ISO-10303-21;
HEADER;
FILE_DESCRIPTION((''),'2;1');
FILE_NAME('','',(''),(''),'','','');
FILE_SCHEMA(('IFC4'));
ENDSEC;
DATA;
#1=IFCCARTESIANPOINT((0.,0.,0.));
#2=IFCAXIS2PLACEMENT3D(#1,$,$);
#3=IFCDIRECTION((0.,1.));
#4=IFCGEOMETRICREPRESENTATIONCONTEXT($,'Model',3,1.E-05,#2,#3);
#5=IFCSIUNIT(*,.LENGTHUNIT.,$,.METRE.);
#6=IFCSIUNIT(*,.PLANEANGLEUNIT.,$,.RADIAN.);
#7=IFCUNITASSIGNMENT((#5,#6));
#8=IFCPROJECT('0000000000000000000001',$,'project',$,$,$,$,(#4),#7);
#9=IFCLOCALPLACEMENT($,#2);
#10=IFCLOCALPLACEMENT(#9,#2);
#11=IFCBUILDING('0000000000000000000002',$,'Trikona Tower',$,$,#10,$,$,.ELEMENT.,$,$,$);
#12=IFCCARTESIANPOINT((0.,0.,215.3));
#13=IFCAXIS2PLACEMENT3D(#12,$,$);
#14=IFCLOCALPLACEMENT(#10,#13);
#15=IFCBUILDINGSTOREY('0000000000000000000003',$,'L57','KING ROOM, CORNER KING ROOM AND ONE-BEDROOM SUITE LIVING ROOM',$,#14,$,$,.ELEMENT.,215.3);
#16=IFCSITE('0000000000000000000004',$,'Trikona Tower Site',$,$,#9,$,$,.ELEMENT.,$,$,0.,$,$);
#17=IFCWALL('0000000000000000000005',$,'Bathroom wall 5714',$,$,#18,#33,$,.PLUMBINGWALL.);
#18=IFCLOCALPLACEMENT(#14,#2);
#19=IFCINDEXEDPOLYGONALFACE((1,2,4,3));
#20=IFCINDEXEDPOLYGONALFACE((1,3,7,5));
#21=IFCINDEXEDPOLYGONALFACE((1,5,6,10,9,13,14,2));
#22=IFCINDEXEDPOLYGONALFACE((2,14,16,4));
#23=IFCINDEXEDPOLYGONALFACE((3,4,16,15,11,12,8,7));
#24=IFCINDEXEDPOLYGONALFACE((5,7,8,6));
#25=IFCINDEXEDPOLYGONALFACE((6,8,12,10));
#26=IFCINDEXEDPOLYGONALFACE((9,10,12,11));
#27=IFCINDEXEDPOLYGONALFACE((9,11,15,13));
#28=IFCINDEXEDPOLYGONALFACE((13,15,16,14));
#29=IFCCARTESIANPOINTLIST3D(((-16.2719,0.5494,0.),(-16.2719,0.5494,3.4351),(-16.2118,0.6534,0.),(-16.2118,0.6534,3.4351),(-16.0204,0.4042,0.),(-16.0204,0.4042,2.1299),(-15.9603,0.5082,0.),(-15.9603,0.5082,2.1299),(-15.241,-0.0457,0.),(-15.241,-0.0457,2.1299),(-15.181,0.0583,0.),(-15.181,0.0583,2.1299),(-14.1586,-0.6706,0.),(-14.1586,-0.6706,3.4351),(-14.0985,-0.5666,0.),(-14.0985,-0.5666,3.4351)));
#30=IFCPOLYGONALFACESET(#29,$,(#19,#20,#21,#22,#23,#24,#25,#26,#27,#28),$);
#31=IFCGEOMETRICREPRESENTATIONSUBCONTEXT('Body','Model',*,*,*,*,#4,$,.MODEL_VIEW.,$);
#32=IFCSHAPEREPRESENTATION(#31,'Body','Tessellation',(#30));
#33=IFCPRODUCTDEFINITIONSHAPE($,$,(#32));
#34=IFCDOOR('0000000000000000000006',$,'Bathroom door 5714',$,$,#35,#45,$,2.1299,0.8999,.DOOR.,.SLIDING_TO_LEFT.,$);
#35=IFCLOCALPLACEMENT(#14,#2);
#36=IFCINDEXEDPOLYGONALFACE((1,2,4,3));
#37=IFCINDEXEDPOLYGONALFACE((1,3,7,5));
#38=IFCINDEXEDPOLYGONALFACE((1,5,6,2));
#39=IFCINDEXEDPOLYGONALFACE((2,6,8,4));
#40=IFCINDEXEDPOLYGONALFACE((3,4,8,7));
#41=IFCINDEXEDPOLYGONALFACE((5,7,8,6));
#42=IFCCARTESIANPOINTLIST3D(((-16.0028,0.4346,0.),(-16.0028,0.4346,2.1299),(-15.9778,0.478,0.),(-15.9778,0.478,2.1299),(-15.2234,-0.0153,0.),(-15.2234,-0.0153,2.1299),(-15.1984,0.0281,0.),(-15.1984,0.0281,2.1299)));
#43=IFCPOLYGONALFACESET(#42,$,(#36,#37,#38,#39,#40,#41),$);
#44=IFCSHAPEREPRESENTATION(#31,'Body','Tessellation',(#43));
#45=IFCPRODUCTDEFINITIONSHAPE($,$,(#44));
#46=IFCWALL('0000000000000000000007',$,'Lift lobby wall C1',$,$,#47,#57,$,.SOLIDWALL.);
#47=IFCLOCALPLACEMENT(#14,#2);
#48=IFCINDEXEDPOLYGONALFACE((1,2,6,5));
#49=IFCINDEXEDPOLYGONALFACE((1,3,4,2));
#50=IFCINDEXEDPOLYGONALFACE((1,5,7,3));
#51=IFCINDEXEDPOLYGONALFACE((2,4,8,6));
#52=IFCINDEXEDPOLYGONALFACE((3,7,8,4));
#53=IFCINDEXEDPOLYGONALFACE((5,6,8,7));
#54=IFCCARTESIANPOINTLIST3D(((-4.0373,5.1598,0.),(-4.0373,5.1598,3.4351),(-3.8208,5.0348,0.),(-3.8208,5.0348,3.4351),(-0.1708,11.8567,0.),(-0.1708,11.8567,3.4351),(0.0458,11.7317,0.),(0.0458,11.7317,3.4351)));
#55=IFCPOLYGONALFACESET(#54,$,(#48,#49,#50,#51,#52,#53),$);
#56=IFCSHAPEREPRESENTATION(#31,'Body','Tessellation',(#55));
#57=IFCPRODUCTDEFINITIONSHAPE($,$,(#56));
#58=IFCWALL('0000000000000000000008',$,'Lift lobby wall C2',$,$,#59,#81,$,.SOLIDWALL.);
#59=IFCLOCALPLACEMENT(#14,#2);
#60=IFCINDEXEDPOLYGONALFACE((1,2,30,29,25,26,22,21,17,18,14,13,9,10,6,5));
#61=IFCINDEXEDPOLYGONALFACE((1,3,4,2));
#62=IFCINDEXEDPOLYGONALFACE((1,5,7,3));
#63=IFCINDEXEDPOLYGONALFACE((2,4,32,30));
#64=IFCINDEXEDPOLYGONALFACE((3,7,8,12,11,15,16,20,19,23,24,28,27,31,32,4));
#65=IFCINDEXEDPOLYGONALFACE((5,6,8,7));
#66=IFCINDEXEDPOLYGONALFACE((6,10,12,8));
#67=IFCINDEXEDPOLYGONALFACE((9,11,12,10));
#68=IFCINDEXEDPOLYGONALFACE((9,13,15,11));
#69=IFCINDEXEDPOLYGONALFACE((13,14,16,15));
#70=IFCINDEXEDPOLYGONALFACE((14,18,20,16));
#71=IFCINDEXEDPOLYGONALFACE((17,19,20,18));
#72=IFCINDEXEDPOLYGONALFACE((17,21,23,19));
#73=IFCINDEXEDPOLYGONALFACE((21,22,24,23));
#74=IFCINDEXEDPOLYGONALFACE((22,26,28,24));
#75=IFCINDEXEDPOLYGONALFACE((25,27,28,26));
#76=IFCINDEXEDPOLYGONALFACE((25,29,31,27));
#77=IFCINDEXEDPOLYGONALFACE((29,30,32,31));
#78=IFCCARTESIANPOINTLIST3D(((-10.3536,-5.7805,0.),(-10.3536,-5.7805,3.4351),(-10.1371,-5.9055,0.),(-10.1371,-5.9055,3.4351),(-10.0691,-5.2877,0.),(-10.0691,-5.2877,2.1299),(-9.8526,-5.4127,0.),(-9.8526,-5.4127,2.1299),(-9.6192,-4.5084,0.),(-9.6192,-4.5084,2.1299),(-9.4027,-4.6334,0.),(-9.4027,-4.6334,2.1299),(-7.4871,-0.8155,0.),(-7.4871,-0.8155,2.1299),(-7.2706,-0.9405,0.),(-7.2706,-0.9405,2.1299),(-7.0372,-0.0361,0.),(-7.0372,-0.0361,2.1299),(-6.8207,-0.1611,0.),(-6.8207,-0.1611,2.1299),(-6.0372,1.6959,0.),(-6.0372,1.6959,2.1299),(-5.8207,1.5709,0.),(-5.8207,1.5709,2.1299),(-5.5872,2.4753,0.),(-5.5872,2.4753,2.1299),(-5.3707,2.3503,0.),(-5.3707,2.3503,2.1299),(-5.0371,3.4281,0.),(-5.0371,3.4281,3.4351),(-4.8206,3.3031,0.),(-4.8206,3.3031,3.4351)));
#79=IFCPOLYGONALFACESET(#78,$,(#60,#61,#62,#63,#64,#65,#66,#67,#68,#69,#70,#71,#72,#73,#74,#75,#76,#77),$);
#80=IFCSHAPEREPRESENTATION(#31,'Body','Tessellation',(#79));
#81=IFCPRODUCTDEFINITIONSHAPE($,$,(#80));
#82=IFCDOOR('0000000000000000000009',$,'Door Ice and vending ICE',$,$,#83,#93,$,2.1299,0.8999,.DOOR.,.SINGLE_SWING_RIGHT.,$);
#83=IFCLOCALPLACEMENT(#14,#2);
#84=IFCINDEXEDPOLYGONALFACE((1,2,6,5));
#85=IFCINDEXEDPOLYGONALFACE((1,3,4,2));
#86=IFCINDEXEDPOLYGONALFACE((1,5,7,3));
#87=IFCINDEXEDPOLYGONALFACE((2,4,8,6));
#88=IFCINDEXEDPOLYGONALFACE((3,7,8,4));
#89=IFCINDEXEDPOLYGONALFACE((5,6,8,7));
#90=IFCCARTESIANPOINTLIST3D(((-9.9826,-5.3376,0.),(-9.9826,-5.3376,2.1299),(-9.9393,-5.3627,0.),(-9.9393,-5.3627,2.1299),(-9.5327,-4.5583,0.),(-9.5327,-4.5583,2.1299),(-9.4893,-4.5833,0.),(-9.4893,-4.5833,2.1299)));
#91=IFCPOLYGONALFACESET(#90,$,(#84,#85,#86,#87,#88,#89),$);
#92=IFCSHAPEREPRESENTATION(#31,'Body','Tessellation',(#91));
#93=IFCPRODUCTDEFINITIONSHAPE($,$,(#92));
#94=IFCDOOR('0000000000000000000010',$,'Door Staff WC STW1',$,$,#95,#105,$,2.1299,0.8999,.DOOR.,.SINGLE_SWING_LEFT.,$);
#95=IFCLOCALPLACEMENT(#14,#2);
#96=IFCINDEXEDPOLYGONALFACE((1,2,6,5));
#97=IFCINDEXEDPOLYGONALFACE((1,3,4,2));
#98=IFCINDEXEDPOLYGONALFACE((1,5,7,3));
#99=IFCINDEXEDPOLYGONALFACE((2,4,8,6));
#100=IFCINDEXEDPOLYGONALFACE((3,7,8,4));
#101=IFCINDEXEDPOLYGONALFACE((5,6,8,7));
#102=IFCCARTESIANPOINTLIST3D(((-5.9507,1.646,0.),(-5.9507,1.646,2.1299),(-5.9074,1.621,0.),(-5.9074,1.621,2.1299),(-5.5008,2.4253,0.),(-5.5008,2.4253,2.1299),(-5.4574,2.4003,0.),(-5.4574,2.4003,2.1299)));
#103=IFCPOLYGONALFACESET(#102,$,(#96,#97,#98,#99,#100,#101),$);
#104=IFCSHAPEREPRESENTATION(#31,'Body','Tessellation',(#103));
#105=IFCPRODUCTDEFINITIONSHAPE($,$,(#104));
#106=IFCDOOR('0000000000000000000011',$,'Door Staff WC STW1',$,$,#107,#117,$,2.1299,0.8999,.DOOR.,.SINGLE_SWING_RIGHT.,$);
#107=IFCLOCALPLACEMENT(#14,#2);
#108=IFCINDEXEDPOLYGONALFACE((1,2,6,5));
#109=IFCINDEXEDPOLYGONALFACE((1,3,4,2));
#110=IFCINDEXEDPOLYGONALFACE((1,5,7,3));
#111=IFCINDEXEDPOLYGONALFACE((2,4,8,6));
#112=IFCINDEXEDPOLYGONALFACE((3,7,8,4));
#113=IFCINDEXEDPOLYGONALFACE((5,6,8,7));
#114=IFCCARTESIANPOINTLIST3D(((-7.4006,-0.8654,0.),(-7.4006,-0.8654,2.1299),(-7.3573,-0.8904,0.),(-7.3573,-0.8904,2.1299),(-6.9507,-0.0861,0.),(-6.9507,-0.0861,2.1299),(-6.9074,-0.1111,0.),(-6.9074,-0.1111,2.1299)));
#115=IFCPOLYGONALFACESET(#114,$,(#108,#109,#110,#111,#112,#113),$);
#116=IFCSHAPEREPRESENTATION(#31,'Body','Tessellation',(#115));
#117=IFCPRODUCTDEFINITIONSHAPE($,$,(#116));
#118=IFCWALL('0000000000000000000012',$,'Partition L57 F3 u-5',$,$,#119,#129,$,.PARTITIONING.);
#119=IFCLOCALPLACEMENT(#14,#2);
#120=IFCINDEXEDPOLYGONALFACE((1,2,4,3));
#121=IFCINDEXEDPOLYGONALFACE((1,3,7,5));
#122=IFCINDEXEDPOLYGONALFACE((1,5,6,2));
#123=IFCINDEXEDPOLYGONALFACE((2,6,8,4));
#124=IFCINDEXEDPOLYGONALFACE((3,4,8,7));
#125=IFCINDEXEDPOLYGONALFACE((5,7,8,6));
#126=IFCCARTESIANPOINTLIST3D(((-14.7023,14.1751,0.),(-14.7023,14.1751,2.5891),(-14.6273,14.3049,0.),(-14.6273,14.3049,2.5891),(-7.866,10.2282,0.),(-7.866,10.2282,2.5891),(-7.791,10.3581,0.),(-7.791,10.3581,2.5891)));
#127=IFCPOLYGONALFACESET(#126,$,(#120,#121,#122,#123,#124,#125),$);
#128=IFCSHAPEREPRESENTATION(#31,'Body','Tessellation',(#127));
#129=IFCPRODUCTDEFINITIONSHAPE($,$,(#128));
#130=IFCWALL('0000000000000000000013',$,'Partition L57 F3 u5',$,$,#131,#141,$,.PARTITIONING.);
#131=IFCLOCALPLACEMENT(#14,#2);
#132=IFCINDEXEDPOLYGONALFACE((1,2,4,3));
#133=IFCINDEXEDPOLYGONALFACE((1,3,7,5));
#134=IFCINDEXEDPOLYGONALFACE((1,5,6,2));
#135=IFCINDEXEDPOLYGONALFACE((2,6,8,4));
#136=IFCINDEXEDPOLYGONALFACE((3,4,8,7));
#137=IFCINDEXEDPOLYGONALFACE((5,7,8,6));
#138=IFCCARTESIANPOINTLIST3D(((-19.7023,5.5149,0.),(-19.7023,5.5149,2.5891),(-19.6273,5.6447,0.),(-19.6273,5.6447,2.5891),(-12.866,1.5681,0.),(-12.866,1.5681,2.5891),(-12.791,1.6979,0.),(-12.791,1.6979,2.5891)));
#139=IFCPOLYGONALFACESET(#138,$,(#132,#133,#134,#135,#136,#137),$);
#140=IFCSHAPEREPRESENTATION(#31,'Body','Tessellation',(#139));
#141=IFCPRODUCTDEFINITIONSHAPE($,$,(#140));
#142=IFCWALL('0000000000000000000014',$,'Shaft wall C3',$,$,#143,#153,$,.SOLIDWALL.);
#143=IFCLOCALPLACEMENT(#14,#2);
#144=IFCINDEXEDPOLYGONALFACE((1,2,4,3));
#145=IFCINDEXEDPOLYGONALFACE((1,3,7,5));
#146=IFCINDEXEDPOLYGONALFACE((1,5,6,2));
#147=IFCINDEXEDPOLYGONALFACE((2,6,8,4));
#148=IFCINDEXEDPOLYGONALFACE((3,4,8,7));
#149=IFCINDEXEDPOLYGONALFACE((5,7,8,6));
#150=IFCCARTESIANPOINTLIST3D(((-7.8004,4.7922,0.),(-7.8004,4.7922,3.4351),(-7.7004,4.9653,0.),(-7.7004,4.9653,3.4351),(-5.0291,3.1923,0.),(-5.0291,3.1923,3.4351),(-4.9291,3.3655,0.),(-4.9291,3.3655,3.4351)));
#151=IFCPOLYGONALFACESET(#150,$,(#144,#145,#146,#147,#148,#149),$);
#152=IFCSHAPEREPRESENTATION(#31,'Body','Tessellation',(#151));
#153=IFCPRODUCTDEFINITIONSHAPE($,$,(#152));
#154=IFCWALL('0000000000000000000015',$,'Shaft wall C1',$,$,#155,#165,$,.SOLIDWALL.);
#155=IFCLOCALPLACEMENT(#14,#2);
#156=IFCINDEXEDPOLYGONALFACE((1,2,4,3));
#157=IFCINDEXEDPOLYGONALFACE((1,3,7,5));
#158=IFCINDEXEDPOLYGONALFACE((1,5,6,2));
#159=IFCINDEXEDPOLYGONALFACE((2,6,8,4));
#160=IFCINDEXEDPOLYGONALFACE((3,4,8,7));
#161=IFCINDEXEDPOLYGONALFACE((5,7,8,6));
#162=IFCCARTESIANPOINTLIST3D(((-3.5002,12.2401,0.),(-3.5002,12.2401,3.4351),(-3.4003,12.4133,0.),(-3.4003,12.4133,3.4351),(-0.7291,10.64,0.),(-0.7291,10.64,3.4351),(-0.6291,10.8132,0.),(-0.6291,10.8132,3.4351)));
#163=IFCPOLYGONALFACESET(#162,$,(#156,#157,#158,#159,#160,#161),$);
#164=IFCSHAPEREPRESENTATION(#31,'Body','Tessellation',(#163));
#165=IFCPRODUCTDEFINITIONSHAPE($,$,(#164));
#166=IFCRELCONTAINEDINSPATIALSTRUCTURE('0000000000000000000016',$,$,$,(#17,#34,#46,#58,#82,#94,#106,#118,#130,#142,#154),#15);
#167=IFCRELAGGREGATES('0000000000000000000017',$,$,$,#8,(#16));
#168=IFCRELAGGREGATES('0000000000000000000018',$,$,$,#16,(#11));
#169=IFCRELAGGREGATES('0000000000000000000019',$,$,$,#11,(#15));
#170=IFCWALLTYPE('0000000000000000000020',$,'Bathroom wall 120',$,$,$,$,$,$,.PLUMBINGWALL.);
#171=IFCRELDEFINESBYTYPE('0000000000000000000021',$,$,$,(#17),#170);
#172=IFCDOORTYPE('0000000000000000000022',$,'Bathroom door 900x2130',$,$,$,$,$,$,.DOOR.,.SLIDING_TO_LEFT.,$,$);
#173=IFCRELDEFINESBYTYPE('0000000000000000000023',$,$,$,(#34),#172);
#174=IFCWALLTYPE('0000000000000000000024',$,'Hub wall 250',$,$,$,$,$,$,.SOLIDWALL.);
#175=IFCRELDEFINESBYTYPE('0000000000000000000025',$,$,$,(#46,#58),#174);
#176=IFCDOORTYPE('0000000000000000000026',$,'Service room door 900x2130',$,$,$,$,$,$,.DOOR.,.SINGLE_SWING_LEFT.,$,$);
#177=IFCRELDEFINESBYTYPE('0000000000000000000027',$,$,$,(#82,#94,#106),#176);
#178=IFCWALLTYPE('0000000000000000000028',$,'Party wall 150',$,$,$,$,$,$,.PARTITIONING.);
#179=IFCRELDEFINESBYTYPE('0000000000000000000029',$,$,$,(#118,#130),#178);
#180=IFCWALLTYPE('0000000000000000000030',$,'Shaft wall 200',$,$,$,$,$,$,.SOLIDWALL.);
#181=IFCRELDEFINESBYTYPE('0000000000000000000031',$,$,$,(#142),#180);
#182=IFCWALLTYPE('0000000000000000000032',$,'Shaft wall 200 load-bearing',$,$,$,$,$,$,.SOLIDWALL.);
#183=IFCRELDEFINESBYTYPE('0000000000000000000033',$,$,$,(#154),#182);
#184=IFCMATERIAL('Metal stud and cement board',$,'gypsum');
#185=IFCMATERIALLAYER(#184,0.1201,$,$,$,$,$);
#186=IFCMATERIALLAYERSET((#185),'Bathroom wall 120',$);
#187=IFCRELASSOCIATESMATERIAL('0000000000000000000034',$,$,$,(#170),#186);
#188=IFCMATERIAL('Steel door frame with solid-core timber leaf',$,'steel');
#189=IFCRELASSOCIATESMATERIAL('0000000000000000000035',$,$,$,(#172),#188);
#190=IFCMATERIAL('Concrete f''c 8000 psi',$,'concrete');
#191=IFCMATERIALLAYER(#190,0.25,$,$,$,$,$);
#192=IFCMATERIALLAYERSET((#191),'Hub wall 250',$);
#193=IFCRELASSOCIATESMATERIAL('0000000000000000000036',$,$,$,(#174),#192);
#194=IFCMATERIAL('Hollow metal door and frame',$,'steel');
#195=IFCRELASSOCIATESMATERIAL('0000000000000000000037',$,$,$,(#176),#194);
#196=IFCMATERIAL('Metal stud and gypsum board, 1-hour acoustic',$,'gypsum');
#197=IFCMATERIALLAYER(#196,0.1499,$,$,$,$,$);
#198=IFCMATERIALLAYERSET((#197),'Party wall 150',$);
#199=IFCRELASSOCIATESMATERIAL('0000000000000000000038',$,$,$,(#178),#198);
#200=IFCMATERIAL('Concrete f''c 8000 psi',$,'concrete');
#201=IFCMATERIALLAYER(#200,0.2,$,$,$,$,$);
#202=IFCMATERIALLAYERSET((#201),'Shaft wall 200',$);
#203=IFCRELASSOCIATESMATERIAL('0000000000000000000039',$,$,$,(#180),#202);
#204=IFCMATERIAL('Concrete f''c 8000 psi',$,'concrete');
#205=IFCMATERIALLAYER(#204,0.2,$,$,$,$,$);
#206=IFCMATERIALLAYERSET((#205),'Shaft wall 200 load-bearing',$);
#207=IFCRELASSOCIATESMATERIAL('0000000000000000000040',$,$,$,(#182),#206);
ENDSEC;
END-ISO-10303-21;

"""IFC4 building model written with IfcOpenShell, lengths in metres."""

from ifc_helpers import new_model, si_unit, direction, frame, frame_2d, origin, place, context, subcontext, project, spatial, rectangle, extrude, material, layer, layer_set, type_object, element, fill, save


model = new_model("IFC4")

# Units and contexts
model_context = context("Model", 3, precision=1e-05, world=origin(), true_north=direction((0.0, 1.0)))
body_context = subcontext(model_context, "Body", "Model", "MODEL_VIEW")
ifc_project = project(units=[si_unit("LENGTHUNIT", "METRE"), si_unit("PLANEANGLEUNIT", "RADIAN")], contexts=[model_context])

# Site, building, storey
site_placement = place(None, origin())
site = spatial("IfcSite", under=ifc_project, at=site_placement, Name="Trikona Tower Site", CompositionType="ELEMENT", RefElevation=0.0)
building_placement = place(site_placement, origin())
building = spatial("IfcBuilding", under=site, at=building_placement, Name="Trikona Tower", CompositionType="ELEMENT")
storey_placement = place(building_placement, frame((0.0, 0.0, 215.3)))
storey = spatial("IfcBuildingStorey", under=building, at=storey_placement, Name="L57", Description="KING ROOM, CORNER KING ROOM AND ONE-BEDROOM SUITE LIVING ROOM", CompositionType="ELEMENT", Elevation=215.3)

# Shared definitions
ifc_material_1 = material(Name="Metal stud and cement board", Category="gypsum")
ifc_layer_1 = layer(ifc_material_1, 0.1201)
ifc_layer_set_1 = layer_set([ifc_layer_1], Name="Bathroom wall 120")
wall_type_1 = type_object("IfcWallType", Name="Bathroom wall 120", PredefinedType="PLUMBINGWALL", material=ifc_layer_set_1)

# Shared definitions
ifc_material_2 = material(Name="Steel door frame with solid-core timber leaf", Category="steel")
door_type_1 = type_object("IfcDoorType", Name="Bathroom door 900x2130", OperationType="SLIDING_TO_LEFT", PredefinedType="DOOR", material=ifc_material_2)

# Wall, opening, door
wall_1_placement = place(storey_placement, frame((-14.1284, -0.6187, 0.0), z_axis=(0.0, 0.0, 1.0), x_axis=(-0.866049, 0.499959, 0.0)))
wall_1 = element("IfcWall", 1, at=wall_1_placement, inside=storey, type_object=wall_type_1, Name="Bathroom wall 5714", PredefinedType="PLUMBINGWALL", context=body_context, shape_type="SweptSolid", body=[
    extrude(rectangle(XDim=2.4402, YDim=0.1201, at=frame_2d((1.2202, 0.0))), origin(), (0.0, 0.0, 1.0), 3.4351),
])
opening_1_placement = place(wall_1_placement, frame((1.25, 0.0, 0.0)))
opening_1 = element("IfcOpeningElement", 2, at=opening_1_placement, cuts=wall_1, PredefinedType="OPENING", context=body_context, shape_type="SweptSolid", body=[
    extrude(rectangle(XDim=0.8999, YDim=2.1299, at=frame_2d((0.45, 1.0649))), frame((0.0, 0.0701, 0.0), z_axis=(0.0, -1.0, 0.0), x_axis=(1.0, 0.0, 0.0)), (0.0, 0.0, 1.0), 0.1401),
])
door_1_placement = place(opening_1_placement, origin())
door_1 = element("IfcDoor", 3, at=door_1_placement, inside=storey, type_object=door_type_1, Name="Bathroom door 5714", OperationType="SLIDING_TO_LEFT", OverallHeight=2.1299, OverallWidth=0.8999, PredefinedType="DOOR", context=body_context, shape_type="SweptSolid", body=[
    extrude(rectangle(XDim=0.8999, YDim=2.1299, at=frame_2d((0.45, 1.0649))), frame((0.0, 0.0249, 0.0), z_axis=(0.0, -1.0, 0.0), x_axis=(1.0, 0.0, 0.0)), (0.0, 0.0, 1.0), 0.05),
])
fill(opening_1, door_1)

# Wall
ifc_material_3 = material(Name="Concrete f'c 8000 psi", Category="concrete")
ifc_layer_2 = layer(ifc_material_3, 0.25)
ifc_layer_set_2 = layer_set([ifc_layer_2], Name="Hub wall 250")
wall_type_2 = type_object("IfcWallType", Name="Hub wall 250", PredefinedType="SOLIDWALL", material=ifc_layer_set_2)
wall_2_placement = place(storey_placement, frame((-0.0625, 11.7942, 0.0), z_axis=(0.0, 0.0, 1.0), x_axis=(-0.500007, -0.866022, 0.0)))
element("IfcWall", 4, at=wall_2_placement, inside=storey, type_object=wall_type_2, Name="Lift lobby wall C1", PredefinedType="SOLIDWALL", context=body_context, shape_type="SweptSolid", body=[
    extrude(rectangle(XDim=7.7329, YDim=0.25, at=frame_2d((3.8665, 0.0))), origin(), (0.0, 0.0, 1.0), 3.4351),
])

# Wall, openings, doors
wall_3_placement = place(storey_placement, frame((-4.929, 3.3655, 0.0), z_axis=(0.0, 0.0, 1.0), x_axis=(-0.499991, -0.86603, 0.0)))
wall_3 = element("IfcWall", 5, at=wall_3_placement, inside=storey, type_object=wall_type_2, Name="Lift lobby wall C2", PredefinedType="SOLIDWALL", context=body_context, shape_type="SweptSolid", body=[
    extrude(rectangle(XDim=10.6331, YDim=0.25, at=frame_2d((5.3164, 0.0))), origin(), (0.0, 0.0, 1.0), 3.4351),
])
opening_2_placement = place(wall_3_placement, frame((9.1641, 0.0, 0.0)))
opening_2 = element("IfcOpeningElement", 6, at=opening_2_placement, cuts=wall_3, PredefinedType="OPENING", context=body_context, shape_type="SweptSolid", body=[
    extrude(rectangle(XDim=0.8999, YDim=2.1299, at=frame_2d((0.45, 1.0649))), frame((0.0, 0.135, 0.0), z_axis=(0.0, -1.0, 0.0), x_axis=(1.0, 0.0, 0.0)), (0.0, 0.0, 1.0), 0.27),
])
opening_3_placement = place(wall_3_placement, frame((1.1001, 0.0, 0.0)))
opening_3 = element("IfcOpeningElement", 7, at=opening_3_placement, cuts=wall_3, PredefinedType="OPENING", context=body_context, shape_type="SweptSolid", body=[
    extrude(rectangle(XDim=0.8999, YDim=2.1299, at=frame_2d((0.45, 1.0649))), frame((0.0, 0.135, 0.0), z_axis=(0.0, -1.0, 0.0), x_axis=(1.0, 0.0, 0.0)), (0.0, 0.0, 1.0), 0.27),
])
opening_4_placement = place(wall_3_placement, frame((4.0, 0.0, 0.0)))
opening_4 = element("IfcOpeningElement", 8, at=opening_4_placement, cuts=wall_3, PredefinedType="OPENING", context=body_context, shape_type="SweptSolid", body=[
    extrude(rectangle(XDim=0.8999, YDim=2.1299, at=frame_2d((0.45, 1.0649))), frame((0.0, 0.135, 0.0), z_axis=(0.0, -1.0, 0.0), x_axis=(1.0, 0.0, 0.0)), (0.0, 0.0, 1.0), 0.27),
])
ifc_material_4 = material(Name="Hollow metal door and frame", Category="steel")
door_type_2 = type_object("IfcDoorType", Name="Service room door 900x2130", OperationType="SINGLE_SWING_LEFT", PredefinedType="DOOR", material=ifc_material_4)
door_2_placement = place(opening_2_placement, origin())
door_2 = element("IfcDoor", 9, at=door_2_placement, inside=storey, type_object=door_type_2, Name="Door Ice and vending ICE", OperationType="SINGLE_SWING_RIGHT", OverallHeight=2.1299, OverallWidth=0.8999, PredefinedType="DOOR", context=body_context, shape_type="SweptSolid", body=[
    extrude(rectangle(XDim=0.8999, YDim=2.1299, at=frame_2d((0.45, 1.0649))), frame((0.0, 0.0249, 0.0), z_axis=(0.0, -1.0, 0.0), x_axis=(1.0, 0.0, 0.0)), (0.0, 0.0, 1.0), 0.05),
])
fill(opening_2, door_2)
door_3_placement = place(opening_3_placement, origin())
door_3 = element("IfcDoor", 10, at=door_3_placement, inside=storey, type_object=door_type_2, Name="Door Staff WC STW1", OperationType="SINGLE_SWING_LEFT", OverallHeight=2.1299, OverallWidth=0.8999, PredefinedType="DOOR", context=body_context, shape_type="SweptSolid", body=[
    extrude(rectangle(XDim=0.8999, YDim=2.1299, at=frame_2d((0.45, 1.0649))), frame((0.0, 0.0249, 0.0), z_axis=(0.0, -1.0, 0.0), x_axis=(1.0, 0.0, 0.0)), (0.0, 0.0, 1.0), 0.05),
])
fill(opening_3, door_3)
door_4_placement = place(opening_4_placement, origin())
door_4 = element("IfcDoor", 11, at=door_4_placement, inside=storey, type_object=door_type_2, Name="Door Staff WC STW1", OperationType="SINGLE_SWING_RIGHT", OverallHeight=2.1299, OverallWidth=0.8999, PredefinedType="DOOR", context=body_context, shape_type="SweptSolid", body=[
    extrude(rectangle(XDim=0.8999, YDim=2.1299, at=frame_2d((0.45, 1.0649))), frame((0.0, 0.0249, 0.0), z_axis=(0.0, -1.0, 0.0), x_axis=(1.0, 0.0, 0.0)), (0.0, 0.0, 1.0), 0.05),
])
fill(opening_4, door_4)

# Walls
ifc_material_5 = material(Name="Metal stud and gypsum board, 1-hour acoustic", Category="gypsum")
ifc_layer_3 = layer(ifc_material_5, 0.1499)
ifc_layer_set_3 = layer_set([ifc_layer_3], Name="Party wall 150")
wall_type_3 = type_object("IfcWallType", Name="Party wall 150", PredefinedType="PARTITIONING", material=ifc_layer_set_3)
for number, where, z_axis, x_axis, name in (
    (12, (-7.8286, 10.2932, 0.0), (0.0, 0.0, 1.0), (-0.866031, 0.499991, 0.0), "Partition L57 F3 u-5"),
    (13, (-12.8286, 1.6331, 0.0), (0.0, 0.0, 1.0), (-0.866031, 0.499991, 0.0), "Partition L57 F3 u5"),
):
    element("IfcWall", number, at=place(storey_placement, frame(where, z_axis=z_axis, x_axis=x_axis)), inside=storey, type_object=wall_type_3, Name=name, PredefinedType="PARTITIONING", context=body_context, shape_type="SweptSolid", body=[
        extrude(rectangle(XDim=7.8938, YDim=0.1499, at=frame_2d((3.9468, 0.0))), origin(), (0.0, 0.0, 1.0), 2.5891),
    ])
ifc_material_6 = material(Name="Concrete f'c 8000 psi", Category="concrete")
ifc_layer_4 = layer(ifc_material_6, 0.2)
ifc_layer_set_4 = layer_set([ifc_layer_4], Name="Shaft wall 200")
wall_type_4 = type_object("IfcWallType", Name="Shaft wall 200", PredefinedType="SOLIDWALL", material=ifc_layer_set_4)
wall_4_placement = place(storey_placement, frame((-4.979, 3.2788, 0.0), z_axis=(0.0, 0.0, 1.0), x_axis=(-0.866042, 0.499971, 0.0)))
element("IfcWall", 14, at=wall_4_placement, inside=storey, type_object=wall_type_4, Name="Shaft wall C3", PredefinedType="SOLIDWALL", context=body_context, shape_type="SweptSolid", body=[
    extrude(rectangle(XDim=3.2, YDim=0.2, at=frame_2d((1.6001, 0.0))), origin(), (0.0, 0.0, 1.0), 3.4351),
])
ifc_material_7 = material(Name="Concrete f'c 8000 psi", Category="concrete")
ifc_layer_5 = layer(ifc_material_7, 0.2)
ifc_layer_set_5 = layer_set([ifc_layer_5], Name="Shaft wall 200 load-bearing")
wall_type_5 = type_object("IfcWallType", Name="Shaft wall 200 load-bearing", PredefinedType="SOLIDWALL", material=ifc_layer_set_5)
for number, where, z_axis, x_axis, name in (
    (15, (-0.679, 10.7266, 0.0), (0.0, 0.0, 1.0), (-0.866009, 0.500028, 0.0), "Shaft wall C1"),
):
    element("IfcWall", number, at=place(storey_placement, frame(where, z_axis=z_axis, x_axis=x_axis)), inside=storey, type_object=wall_type_5, Name=name, PredefinedType="SOLIDWALL", context=body_context, shape_type="SweptSolid", body=[
        extrude(rectangle(XDim=3.2, YDim=0.2, at=frame_2d((1.6001, 0.0))), origin(), (0.0, 0.0, 1.0), 3.4351),
    ])

save(model, "model.ifc")
